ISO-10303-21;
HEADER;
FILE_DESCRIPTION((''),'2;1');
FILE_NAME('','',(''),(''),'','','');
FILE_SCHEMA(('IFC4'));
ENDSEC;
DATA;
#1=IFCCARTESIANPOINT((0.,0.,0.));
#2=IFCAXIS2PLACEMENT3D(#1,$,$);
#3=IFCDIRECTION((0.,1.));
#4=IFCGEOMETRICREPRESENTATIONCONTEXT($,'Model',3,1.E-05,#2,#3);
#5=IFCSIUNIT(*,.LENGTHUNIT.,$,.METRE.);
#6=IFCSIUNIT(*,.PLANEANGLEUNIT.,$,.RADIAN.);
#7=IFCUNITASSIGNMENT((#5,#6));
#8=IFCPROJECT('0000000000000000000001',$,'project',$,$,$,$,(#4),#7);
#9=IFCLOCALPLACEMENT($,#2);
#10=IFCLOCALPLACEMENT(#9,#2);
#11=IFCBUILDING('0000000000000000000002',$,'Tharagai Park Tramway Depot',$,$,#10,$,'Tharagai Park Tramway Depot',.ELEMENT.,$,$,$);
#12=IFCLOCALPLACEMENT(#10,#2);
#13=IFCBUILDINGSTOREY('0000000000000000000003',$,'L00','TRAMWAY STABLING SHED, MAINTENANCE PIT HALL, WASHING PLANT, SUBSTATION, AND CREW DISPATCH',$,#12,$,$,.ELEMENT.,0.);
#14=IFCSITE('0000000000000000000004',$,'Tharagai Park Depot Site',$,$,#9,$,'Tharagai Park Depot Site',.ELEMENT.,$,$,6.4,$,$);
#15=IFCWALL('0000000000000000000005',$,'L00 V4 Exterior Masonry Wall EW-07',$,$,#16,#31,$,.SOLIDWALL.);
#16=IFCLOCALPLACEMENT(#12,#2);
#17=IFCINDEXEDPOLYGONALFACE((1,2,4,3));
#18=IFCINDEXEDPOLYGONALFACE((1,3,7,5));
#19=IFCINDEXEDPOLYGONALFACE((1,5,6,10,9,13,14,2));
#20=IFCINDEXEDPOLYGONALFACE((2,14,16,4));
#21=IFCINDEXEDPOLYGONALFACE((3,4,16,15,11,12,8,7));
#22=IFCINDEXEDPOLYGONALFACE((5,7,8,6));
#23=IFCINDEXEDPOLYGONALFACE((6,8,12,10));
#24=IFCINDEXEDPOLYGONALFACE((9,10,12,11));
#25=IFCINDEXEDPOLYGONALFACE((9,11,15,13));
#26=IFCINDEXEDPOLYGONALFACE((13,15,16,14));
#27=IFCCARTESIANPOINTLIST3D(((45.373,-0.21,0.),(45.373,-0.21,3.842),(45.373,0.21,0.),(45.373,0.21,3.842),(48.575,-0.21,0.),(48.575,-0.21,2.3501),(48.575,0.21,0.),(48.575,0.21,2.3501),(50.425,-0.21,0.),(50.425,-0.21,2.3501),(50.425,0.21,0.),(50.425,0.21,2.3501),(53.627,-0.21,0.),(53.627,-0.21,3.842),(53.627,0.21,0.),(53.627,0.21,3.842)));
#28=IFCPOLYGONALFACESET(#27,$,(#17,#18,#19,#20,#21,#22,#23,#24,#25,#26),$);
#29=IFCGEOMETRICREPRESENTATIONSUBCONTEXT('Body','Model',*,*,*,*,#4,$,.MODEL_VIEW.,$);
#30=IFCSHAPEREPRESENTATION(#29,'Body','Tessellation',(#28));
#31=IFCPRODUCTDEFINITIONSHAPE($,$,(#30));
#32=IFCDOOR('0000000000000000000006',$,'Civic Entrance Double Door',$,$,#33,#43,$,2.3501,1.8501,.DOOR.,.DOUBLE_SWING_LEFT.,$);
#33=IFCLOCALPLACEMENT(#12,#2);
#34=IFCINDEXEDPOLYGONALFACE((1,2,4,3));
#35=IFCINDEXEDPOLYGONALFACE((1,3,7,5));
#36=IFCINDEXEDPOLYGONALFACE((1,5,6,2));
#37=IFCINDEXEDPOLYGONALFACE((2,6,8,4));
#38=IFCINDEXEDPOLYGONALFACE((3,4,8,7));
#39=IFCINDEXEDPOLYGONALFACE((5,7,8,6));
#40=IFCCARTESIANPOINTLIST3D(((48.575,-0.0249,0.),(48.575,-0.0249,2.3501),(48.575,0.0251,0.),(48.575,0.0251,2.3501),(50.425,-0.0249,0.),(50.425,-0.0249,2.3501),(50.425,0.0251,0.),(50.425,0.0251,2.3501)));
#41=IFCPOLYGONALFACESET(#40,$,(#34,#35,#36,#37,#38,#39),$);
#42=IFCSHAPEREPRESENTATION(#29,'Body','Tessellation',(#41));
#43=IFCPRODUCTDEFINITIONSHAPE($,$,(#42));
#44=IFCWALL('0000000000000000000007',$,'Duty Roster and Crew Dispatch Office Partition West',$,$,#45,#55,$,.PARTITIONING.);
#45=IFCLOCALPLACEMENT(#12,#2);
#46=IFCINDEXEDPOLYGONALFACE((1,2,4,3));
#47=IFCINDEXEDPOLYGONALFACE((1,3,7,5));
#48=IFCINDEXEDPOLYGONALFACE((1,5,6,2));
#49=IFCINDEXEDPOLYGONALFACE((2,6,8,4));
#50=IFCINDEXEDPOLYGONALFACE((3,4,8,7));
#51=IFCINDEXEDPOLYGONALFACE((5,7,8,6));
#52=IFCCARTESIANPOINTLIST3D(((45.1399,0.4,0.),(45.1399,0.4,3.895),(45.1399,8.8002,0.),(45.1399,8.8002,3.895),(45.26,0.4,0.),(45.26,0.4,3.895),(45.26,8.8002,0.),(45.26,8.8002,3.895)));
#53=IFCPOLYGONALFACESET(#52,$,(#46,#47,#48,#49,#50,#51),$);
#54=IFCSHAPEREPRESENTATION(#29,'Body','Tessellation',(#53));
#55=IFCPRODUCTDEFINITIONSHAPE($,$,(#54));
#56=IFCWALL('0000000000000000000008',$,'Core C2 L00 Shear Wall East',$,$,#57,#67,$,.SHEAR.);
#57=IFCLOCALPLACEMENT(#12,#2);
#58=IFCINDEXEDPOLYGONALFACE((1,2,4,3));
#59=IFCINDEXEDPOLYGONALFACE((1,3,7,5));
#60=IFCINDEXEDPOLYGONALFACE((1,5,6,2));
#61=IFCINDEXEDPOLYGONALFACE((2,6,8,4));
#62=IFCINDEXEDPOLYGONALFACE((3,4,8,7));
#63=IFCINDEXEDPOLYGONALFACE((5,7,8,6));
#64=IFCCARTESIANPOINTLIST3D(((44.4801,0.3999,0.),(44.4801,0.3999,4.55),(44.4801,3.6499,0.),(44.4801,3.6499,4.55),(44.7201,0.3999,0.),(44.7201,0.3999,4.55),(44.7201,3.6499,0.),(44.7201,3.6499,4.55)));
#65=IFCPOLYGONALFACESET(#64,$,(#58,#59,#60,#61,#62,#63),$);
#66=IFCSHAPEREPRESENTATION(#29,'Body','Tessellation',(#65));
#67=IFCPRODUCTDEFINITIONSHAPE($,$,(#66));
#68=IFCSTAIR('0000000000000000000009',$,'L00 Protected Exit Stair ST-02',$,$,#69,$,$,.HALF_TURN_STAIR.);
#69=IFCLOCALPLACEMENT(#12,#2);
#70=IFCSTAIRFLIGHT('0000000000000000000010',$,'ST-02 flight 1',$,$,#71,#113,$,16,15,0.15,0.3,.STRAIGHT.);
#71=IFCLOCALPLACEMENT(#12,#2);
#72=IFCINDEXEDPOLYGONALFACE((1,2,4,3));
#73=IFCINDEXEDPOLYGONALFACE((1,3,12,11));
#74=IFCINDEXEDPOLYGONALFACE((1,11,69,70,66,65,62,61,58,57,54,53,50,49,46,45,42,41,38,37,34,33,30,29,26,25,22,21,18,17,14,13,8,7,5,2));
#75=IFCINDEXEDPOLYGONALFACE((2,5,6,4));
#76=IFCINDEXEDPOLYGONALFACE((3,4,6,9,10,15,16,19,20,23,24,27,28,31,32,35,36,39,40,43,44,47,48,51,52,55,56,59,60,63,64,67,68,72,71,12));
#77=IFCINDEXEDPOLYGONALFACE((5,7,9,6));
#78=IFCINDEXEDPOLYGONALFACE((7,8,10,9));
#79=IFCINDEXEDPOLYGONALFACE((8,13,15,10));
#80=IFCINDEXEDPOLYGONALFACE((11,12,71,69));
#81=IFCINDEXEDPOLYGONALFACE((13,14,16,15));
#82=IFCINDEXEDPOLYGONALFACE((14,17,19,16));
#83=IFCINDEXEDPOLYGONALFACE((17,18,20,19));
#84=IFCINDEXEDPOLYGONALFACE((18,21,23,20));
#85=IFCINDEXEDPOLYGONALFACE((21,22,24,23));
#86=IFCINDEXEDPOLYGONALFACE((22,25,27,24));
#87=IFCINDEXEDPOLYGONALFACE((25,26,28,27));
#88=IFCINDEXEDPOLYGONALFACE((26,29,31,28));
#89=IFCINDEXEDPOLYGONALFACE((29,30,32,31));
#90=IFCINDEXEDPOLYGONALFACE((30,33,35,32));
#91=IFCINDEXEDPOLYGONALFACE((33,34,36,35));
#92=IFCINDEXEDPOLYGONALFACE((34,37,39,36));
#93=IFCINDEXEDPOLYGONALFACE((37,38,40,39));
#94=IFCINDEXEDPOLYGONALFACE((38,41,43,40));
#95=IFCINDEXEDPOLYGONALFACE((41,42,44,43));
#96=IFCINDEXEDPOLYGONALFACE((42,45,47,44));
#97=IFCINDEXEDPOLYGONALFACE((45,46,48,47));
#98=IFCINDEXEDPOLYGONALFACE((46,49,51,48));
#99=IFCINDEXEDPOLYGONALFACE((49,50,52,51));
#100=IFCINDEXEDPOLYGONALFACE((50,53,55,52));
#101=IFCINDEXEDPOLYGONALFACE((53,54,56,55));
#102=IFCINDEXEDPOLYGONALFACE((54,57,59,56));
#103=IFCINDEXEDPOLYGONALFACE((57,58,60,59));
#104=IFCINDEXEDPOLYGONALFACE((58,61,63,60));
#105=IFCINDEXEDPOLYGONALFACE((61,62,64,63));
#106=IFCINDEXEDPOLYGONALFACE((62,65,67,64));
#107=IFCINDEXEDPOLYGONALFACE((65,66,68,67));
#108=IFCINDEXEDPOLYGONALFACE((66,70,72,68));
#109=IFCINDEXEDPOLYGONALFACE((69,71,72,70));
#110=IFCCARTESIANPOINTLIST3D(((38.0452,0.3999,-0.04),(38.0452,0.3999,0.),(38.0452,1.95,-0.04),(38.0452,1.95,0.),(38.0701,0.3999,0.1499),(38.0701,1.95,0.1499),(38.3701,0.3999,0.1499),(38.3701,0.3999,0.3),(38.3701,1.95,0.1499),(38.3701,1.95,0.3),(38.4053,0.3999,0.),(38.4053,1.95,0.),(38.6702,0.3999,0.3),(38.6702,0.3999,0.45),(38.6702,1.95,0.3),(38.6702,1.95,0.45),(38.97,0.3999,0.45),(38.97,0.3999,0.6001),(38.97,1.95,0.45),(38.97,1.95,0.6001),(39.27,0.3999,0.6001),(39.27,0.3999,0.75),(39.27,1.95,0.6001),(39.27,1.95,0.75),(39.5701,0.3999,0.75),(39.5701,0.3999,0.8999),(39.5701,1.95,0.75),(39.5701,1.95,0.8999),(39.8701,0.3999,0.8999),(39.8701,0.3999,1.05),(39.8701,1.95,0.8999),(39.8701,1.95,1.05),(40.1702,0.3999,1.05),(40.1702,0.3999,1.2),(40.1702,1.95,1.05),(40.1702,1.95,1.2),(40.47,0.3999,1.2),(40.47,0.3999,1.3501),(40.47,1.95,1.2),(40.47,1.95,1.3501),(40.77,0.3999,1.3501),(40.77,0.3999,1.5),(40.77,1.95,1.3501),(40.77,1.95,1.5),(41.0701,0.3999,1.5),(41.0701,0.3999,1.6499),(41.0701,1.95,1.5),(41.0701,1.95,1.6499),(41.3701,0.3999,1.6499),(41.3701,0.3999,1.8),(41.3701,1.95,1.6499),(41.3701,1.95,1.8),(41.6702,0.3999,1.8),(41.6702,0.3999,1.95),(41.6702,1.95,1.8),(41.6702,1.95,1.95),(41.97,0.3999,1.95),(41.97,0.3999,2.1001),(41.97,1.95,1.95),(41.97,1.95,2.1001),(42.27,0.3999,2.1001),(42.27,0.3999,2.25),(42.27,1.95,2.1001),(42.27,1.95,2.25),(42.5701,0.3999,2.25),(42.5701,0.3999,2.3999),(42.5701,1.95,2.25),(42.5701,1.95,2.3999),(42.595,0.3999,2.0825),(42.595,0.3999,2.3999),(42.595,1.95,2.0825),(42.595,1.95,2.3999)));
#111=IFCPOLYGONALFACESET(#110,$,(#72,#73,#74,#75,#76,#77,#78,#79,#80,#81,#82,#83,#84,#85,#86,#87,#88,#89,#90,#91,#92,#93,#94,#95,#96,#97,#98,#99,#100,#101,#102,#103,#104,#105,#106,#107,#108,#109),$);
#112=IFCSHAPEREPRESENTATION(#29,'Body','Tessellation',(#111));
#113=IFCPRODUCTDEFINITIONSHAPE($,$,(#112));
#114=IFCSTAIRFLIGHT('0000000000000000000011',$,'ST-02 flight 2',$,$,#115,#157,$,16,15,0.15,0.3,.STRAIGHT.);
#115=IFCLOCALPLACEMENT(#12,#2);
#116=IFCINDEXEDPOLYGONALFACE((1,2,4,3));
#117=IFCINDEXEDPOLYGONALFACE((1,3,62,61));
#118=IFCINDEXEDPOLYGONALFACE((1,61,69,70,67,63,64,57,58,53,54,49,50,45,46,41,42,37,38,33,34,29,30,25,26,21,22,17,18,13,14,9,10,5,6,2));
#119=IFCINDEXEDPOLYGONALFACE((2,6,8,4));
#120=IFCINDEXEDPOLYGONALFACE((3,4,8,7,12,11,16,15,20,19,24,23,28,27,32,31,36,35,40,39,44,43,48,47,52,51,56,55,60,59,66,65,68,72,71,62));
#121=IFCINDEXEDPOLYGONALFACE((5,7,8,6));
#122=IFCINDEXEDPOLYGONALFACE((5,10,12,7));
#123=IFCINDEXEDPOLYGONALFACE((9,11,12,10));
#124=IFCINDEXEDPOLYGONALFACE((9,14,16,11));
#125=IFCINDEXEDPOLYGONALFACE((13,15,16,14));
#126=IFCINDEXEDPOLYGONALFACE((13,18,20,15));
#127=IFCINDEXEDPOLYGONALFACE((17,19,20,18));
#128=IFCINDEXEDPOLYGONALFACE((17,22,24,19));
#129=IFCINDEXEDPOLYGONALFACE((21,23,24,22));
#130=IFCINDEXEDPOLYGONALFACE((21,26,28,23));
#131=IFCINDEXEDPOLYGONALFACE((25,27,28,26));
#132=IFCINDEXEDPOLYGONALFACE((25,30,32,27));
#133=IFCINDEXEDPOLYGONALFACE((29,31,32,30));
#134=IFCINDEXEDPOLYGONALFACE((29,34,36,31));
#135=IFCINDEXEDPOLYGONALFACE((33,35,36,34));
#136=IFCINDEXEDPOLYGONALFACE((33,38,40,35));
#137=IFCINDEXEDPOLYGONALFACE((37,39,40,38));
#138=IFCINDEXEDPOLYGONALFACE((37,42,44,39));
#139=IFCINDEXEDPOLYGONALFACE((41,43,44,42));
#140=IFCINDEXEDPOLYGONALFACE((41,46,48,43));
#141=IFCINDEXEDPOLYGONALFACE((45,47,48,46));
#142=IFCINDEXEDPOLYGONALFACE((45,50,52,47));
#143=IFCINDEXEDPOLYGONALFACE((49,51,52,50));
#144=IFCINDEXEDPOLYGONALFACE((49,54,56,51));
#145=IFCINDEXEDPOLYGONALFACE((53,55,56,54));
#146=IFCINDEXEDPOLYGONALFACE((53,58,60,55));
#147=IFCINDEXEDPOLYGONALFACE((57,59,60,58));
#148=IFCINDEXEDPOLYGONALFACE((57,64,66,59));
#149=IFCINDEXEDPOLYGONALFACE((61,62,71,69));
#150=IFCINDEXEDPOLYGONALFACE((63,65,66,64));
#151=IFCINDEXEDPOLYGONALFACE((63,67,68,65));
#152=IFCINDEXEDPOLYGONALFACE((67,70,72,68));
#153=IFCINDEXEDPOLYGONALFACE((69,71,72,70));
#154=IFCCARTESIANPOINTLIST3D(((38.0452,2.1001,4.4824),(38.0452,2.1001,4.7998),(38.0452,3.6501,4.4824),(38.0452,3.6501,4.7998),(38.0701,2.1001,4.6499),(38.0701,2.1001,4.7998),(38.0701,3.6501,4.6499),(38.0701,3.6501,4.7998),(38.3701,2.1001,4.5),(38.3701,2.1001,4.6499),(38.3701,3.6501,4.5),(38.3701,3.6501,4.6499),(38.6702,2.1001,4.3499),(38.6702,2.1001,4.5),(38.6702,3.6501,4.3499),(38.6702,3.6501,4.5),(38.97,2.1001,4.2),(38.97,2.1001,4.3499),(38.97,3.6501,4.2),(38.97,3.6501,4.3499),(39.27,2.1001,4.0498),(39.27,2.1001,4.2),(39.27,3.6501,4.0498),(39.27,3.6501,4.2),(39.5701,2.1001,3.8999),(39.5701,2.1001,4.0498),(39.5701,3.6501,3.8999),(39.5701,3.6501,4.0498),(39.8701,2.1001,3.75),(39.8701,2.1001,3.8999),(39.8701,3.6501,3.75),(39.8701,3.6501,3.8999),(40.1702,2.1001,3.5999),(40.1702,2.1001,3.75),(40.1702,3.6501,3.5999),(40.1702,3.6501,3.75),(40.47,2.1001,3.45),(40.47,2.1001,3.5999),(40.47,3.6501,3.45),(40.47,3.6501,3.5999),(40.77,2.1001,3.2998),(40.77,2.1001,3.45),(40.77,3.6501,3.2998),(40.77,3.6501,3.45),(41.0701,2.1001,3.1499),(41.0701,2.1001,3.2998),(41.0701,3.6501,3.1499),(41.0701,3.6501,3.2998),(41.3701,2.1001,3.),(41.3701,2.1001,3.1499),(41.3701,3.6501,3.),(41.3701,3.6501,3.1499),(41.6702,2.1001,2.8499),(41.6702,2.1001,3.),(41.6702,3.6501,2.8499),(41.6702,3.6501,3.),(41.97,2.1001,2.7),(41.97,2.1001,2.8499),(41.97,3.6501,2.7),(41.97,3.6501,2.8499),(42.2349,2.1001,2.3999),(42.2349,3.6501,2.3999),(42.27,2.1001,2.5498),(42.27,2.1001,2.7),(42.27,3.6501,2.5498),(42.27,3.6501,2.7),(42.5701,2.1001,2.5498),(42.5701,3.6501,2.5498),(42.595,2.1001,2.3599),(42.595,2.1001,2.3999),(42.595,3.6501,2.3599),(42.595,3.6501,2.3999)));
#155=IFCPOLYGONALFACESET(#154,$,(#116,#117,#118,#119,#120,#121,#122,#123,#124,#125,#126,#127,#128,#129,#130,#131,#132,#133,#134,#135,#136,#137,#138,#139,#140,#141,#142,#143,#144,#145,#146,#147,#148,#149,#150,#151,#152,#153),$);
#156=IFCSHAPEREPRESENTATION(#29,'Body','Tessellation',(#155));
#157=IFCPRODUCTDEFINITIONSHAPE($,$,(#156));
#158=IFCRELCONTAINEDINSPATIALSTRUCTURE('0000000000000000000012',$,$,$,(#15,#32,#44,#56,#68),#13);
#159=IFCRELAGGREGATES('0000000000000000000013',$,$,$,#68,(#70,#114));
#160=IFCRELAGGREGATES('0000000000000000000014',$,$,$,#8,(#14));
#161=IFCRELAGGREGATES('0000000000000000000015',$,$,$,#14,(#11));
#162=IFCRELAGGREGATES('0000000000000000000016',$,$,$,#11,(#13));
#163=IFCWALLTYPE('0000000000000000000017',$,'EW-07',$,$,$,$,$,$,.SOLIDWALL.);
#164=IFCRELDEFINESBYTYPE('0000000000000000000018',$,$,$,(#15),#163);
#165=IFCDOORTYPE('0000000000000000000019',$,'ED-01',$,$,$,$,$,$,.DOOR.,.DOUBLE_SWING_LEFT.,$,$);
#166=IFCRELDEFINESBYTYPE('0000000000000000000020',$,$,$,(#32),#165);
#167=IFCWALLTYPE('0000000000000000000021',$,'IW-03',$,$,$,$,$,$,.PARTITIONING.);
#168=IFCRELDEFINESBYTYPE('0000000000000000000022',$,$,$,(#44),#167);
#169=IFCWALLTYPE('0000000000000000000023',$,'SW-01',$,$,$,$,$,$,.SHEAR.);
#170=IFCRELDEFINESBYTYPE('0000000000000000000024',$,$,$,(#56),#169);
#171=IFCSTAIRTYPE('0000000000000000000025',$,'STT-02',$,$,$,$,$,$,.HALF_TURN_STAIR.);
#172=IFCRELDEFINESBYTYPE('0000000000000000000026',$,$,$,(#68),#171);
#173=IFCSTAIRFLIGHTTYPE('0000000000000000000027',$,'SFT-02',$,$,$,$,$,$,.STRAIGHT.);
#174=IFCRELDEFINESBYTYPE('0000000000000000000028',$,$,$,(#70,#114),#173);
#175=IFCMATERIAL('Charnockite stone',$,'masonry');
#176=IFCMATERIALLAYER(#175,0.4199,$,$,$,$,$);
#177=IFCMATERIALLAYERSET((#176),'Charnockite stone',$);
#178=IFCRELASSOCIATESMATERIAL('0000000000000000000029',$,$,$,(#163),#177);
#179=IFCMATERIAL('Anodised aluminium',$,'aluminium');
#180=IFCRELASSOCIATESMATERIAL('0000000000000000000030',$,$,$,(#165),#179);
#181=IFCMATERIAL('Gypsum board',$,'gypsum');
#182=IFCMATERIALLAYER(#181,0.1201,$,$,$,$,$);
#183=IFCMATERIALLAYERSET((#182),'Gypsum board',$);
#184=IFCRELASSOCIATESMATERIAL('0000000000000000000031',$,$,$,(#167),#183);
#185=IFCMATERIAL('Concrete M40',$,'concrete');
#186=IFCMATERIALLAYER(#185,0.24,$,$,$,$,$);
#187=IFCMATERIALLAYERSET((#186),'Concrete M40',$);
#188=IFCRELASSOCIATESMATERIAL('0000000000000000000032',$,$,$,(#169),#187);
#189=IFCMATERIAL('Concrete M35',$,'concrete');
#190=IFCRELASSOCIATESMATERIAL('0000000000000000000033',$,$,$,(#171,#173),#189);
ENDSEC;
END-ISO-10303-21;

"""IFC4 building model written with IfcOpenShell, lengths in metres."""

from ifc_helpers import new_model, si_unit, direction, frame, frame_2d, origin, place, context, subcontext, project, spatial, polyline, rectangle, outline, extrude, material, layer, layer_set, type_object, element, fill, aggregate, save


model = new_model("IFC4")

# Units and contexts
model_context = context("Model", 3, precision=1e-05, world=origin(), true_north=direction((0.0, 1.0)))
body_context = subcontext(model_context, "Body", "Model", "MODEL_VIEW")
ifc_project = project(units=[si_unit("LENGTHUNIT", "METRE"), si_unit("PLANEANGLEUNIT", "RADIAN")], contexts=[model_context])

# Site, building, storey
site_placement = place(None, origin())
site = spatial("IfcSite", under=ifc_project, at=site_placement, Name="Tharagai Park Depot Site", LongName="Tharagai Park Depot Site", CompositionType="ELEMENT", RefElevation=6.4)
building_placement = place(site_placement, origin())
building = spatial("IfcBuilding", under=site, at=building_placement, Name="Tharagai Park Tramway Depot", LongName="Tharagai Park Tramway Depot", CompositionType="ELEMENT")
storey_placement = place(building_placement, origin())
storey = spatial("IfcBuildingStorey", under=building, at=storey_placement, Name="L00", Description="TRAMWAY STABLING SHED, MAINTENANCE PIT HALL, WASHING PLANT, SUBSTATION, AND CREW DISPATCH", CompositionType="ELEMENT", Elevation=0.0)

# Shared definitions
ifc_material_1 = material(Name="Concrete M40", Category="concrete")

# Wall, opening, door
ifc_material_2 = material(Name="Charnockite stone", Category="masonry")
ifc_layer_1 = layer(ifc_material_2, 0.4199)
ifc_layer_set_1 = layer_set([ifc_layer_1], Name="Charnockite stone")
wall_type_1 = type_object("IfcWallType", Name="EW-07", PredefinedType="SOLIDWALL", material=ifc_layer_set_1)
wall_1_placement = place(storey_placement, frame((45.373, 0.0, 0.0), z_axis=(0.0, 0.0, 1.0), x_axis=(1.0, 0.0, 0.0)))
wall_1 = element("IfcWall", 1, at=wall_1_placement, inside=storey, type_object=wall_type_1, Name="L00 V4 Exterior Masonry Wall EW-07", PredefinedType="SOLIDWALL", context=body_context, shape_type="SweptSolid", body=[
    extrude(rectangle(XDim=8.2539, YDim=0.4199, at=frame_2d((4.127, 0.0))), origin(), (0.0, 0.0, 1.0), 3.842),
])
opening_placement = place(wall_1_placement, frame((3.2019, 0.0, 0.0)))
opening = element("IfcOpeningElement", 2, at=opening_placement, cuts=wall_1, PredefinedType="OPENING", context=body_context, shape_type="SweptSolid", body=[
    extrude(rectangle(XDim=1.8501, YDim=2.3501, at=frame_2d((0.925, 1.175))), frame((0.0, 0.22, 0.0), z_axis=(0.0, -1.0, 0.0), x_axis=(1.0, 0.0, 0.0)), (0.0, 0.0, 1.0), 0.4399),
])
ifc_material_3 = material(Name="Anodised aluminium", Category="aluminium")
door_type = type_object("IfcDoorType", Name="ED-01", OperationType="DOUBLE_SWING_LEFT", PredefinedType="DOOR", material=ifc_material_3)
door_placement = place(opening_placement, frame((1.8501, 0.0, 0.0), z_axis=(0.0, 0.0, 1.0), x_axis=(-1.0, 0.0, 0.0)))
door = element("IfcDoor", 3, at=door_placement, inside=storey, type_object=door_type, Name="Civic Entrance Double Door", OperationType="DOUBLE_SWING_LEFT", OverallHeight=2.3501, OverallWidth=1.8501, PredefinedType="DOOR", context=body_context, shape_type="SweptSolid", body=[
    extrude(rectangle(XDim=1.8501, YDim=2.3501, at=frame_2d((0.925, 1.175))), frame((0.0, 0.0249, 0.0), z_axis=(0.0, -1.0, 0.0), x_axis=(1.0, 0.0, 0.0)), (0.0, 0.0, 1.0), 0.05),
])
fill(opening, door)

# Walls
ifc_material_4 = material(Name="Gypsum board", Category="gypsum")
ifc_layer_2 = layer(ifc_material_4, 0.1201)
ifc_layer_set_2 = layer_set([ifc_layer_2], Name="Gypsum board")
wall_type_2 = type_object("IfcWallType", Name="IW-03", PredefinedType="PARTITIONING", material=ifc_layer_set_2)
wall_2_placement = place(storey_placement, frame((45.2, 0.3999, 0.0), z_axis=(0.0, 0.0, 1.0), x_axis=(0.0, 1.0, 0.0)))
element("IfcWall", 4, at=wall_2_placement, inside=storey, type_object=wall_type_2, Name="Duty Roster and Crew Dispatch Office Partition West", PredefinedType="PARTITIONING", context=body_context, shape_type="SweptSolid", body=[
    extrude(rectangle(XDim=8.4001, YDim=0.1201, at=frame_2d((4.2002, 0.0))), origin(), (0.0, 0.0, 1.0), 3.895),
])
ifc_layer_3 = layer(ifc_material_1, 0.24)
ifc_layer_set_3 = layer_set([ifc_layer_3], Name="Concrete M40")
wall_type_3 = type_object("IfcWallType", Name="SW-01", PredefinedType="SHEAR", material=ifc_layer_set_3)
wall_3_placement = place(storey_placement, frame((44.6001, 0.3999, 0.0), z_axis=(0.0, 0.0, 1.0), x_axis=(0.0, 1.0, 0.0)))
element("IfcWall", 5, at=wall_3_placement, inside=storey, type_object=wall_type_3, Name="Core C2 L00 Shear Wall East", PredefinedType="SHEAR", context=body_context, shape_type="SweptSolid", body=[
    extrude(rectangle(XDim=3.25, YDim=0.24, at=frame_2d((1.625, 0.0))), origin(), (0.0, 0.0, 1.0), 4.55),
])

# Stair, stair flights
ifc_material_5 = material(Name="Concrete M35", Category="concrete")
stair_type = type_object("IfcStairType", Name="STT-02", PredefinedType="HALF_TURN_STAIR", material=ifc_material_5)
stair_placement = place(storey_placement, origin())
stair = element("IfcStair", 6, at=stair_placement, inside=storey, type_object=stair_type, Name="L00 Protected Exit Stair ST-02", PredefinedType="HALF_TURN_STAIR")
stair_flight_type = type_object("IfcStairFlightType", Name="SFT-02", PredefinedType="STRAIGHT", material=ifc_material_5)
stair_flight_1_placement = place(storey_placement, frame((38.0701, 1.175, 0.0), z_axis=(0.0, 0.0, 1.0), x_axis=(1.0, 0.0, 0.0)))
stair_flight_1 = element("IfcStairFlight", 7, at=stair_flight_1_placement, type_object=stair_flight_type, Name="ST-02 flight 1", NumberOfRisers=16, NumberOfTreads=15, PredefinedType="STRAIGHT", RiserHeight=0.15, TreadLength=0.3, context=body_context, shape_type="SweptSolid", body=[
    extrude(outline(polyline([(-0.0249, 0.0), (0.0, 0.1499), (0.3, 0.1499), (0.3, 0.3), (0.6001, 0.3), (0.6001, 0.45), (0.8999, 0.45), (0.8999, 0.6001), (1.2, 0.6001), (1.2, 0.75), (1.5, 0.75), (1.5, 0.8999), (1.8, 0.8999), (1.8, 1.05), (2.1001, 1.05), (2.1001, 1.2), (2.3999, 1.2), (2.3999, 1.3501), (2.7, 1.3501), (2.7, 1.5), (3.0, 1.5), (3.0, 1.6499), (3.3, 1.6499), (3.3, 1.8), (3.6001, 1.8), (3.6001, 1.95), (3.8999, 1.95), (3.8999, 2.1001), (4.2, 2.1001), (4.2, 2.25), (4.5, 2.25), (4.5, 2.3999), (4.5249, 2.3999), (4.5249, 2.0825), (0.3352, 0.0), (-0.0249, -0.04), (-0.0249, 0.0)])), frame((0.0, 0.7749, 0.0), z_axis=(0.0, -1.0, 0.0), x_axis=(1.0, 0.0, 0.0)), (0.0, 0.0, 1.0), 1.55),
])
stair_flight_2_placement = place(storey_placement, frame((42.5701, 2.875, 2.3999), z_axis=(0.0, 0.0, 1.0), x_axis=(-1.0, 0.0, 0.0)))
stair_flight_2 = element("IfcStairFlight", 8, at=stair_flight_2_placement, type_object=stair_flight_type, Name="ST-02 flight 2", NumberOfRisers=16, NumberOfTreads=15, PredefinedType="STRAIGHT", RiserHeight=0.15, TreadLength=0.3, context=body_context, shape_type="SweptSolid", body=[
    extrude(outline(polyline([(-0.0249, 0.0), (0.0, 0.1499), (0.3, 0.1499), (0.3, 0.3), (0.6001, 0.3), (0.6001, 0.45), (0.8999, 0.45), (0.8999, 0.6001), (1.2, 0.6001), (1.2, 0.75), (1.5, 0.75), (1.5, 0.8999), (1.8, 0.8999), (1.8, 1.05), (2.1001, 1.05), (2.1001, 1.2), (2.3999, 1.2), (2.3999, 1.3501), (2.7, 1.3501), (2.7, 1.5), (3.0, 1.5), (3.0, 1.6499), (3.3, 1.6499), (3.3, 1.8), (3.6001, 1.8), (3.6001, 1.95), (3.8999, 1.95), (3.8999, 2.1001), (4.2, 2.1001), (4.2, 2.25), (4.5, 2.25), (4.5, 2.3999), (4.5249, 2.3999), (4.5249, 2.0825), (0.3352, 0.0), (-0.0249, -0.04), (-0.0249, 0.0)])), frame((0.0, 0.7749, 0.0), z_axis=(0.0, -1.0, 0.0), x_axis=(1.0, 0.0, 0.0)), (0.0, 0.0, 1.0), 1.55),
])
aggregate(stair, [stair_flight_1, stair_flight_2])

save(model, "model.ifc")
